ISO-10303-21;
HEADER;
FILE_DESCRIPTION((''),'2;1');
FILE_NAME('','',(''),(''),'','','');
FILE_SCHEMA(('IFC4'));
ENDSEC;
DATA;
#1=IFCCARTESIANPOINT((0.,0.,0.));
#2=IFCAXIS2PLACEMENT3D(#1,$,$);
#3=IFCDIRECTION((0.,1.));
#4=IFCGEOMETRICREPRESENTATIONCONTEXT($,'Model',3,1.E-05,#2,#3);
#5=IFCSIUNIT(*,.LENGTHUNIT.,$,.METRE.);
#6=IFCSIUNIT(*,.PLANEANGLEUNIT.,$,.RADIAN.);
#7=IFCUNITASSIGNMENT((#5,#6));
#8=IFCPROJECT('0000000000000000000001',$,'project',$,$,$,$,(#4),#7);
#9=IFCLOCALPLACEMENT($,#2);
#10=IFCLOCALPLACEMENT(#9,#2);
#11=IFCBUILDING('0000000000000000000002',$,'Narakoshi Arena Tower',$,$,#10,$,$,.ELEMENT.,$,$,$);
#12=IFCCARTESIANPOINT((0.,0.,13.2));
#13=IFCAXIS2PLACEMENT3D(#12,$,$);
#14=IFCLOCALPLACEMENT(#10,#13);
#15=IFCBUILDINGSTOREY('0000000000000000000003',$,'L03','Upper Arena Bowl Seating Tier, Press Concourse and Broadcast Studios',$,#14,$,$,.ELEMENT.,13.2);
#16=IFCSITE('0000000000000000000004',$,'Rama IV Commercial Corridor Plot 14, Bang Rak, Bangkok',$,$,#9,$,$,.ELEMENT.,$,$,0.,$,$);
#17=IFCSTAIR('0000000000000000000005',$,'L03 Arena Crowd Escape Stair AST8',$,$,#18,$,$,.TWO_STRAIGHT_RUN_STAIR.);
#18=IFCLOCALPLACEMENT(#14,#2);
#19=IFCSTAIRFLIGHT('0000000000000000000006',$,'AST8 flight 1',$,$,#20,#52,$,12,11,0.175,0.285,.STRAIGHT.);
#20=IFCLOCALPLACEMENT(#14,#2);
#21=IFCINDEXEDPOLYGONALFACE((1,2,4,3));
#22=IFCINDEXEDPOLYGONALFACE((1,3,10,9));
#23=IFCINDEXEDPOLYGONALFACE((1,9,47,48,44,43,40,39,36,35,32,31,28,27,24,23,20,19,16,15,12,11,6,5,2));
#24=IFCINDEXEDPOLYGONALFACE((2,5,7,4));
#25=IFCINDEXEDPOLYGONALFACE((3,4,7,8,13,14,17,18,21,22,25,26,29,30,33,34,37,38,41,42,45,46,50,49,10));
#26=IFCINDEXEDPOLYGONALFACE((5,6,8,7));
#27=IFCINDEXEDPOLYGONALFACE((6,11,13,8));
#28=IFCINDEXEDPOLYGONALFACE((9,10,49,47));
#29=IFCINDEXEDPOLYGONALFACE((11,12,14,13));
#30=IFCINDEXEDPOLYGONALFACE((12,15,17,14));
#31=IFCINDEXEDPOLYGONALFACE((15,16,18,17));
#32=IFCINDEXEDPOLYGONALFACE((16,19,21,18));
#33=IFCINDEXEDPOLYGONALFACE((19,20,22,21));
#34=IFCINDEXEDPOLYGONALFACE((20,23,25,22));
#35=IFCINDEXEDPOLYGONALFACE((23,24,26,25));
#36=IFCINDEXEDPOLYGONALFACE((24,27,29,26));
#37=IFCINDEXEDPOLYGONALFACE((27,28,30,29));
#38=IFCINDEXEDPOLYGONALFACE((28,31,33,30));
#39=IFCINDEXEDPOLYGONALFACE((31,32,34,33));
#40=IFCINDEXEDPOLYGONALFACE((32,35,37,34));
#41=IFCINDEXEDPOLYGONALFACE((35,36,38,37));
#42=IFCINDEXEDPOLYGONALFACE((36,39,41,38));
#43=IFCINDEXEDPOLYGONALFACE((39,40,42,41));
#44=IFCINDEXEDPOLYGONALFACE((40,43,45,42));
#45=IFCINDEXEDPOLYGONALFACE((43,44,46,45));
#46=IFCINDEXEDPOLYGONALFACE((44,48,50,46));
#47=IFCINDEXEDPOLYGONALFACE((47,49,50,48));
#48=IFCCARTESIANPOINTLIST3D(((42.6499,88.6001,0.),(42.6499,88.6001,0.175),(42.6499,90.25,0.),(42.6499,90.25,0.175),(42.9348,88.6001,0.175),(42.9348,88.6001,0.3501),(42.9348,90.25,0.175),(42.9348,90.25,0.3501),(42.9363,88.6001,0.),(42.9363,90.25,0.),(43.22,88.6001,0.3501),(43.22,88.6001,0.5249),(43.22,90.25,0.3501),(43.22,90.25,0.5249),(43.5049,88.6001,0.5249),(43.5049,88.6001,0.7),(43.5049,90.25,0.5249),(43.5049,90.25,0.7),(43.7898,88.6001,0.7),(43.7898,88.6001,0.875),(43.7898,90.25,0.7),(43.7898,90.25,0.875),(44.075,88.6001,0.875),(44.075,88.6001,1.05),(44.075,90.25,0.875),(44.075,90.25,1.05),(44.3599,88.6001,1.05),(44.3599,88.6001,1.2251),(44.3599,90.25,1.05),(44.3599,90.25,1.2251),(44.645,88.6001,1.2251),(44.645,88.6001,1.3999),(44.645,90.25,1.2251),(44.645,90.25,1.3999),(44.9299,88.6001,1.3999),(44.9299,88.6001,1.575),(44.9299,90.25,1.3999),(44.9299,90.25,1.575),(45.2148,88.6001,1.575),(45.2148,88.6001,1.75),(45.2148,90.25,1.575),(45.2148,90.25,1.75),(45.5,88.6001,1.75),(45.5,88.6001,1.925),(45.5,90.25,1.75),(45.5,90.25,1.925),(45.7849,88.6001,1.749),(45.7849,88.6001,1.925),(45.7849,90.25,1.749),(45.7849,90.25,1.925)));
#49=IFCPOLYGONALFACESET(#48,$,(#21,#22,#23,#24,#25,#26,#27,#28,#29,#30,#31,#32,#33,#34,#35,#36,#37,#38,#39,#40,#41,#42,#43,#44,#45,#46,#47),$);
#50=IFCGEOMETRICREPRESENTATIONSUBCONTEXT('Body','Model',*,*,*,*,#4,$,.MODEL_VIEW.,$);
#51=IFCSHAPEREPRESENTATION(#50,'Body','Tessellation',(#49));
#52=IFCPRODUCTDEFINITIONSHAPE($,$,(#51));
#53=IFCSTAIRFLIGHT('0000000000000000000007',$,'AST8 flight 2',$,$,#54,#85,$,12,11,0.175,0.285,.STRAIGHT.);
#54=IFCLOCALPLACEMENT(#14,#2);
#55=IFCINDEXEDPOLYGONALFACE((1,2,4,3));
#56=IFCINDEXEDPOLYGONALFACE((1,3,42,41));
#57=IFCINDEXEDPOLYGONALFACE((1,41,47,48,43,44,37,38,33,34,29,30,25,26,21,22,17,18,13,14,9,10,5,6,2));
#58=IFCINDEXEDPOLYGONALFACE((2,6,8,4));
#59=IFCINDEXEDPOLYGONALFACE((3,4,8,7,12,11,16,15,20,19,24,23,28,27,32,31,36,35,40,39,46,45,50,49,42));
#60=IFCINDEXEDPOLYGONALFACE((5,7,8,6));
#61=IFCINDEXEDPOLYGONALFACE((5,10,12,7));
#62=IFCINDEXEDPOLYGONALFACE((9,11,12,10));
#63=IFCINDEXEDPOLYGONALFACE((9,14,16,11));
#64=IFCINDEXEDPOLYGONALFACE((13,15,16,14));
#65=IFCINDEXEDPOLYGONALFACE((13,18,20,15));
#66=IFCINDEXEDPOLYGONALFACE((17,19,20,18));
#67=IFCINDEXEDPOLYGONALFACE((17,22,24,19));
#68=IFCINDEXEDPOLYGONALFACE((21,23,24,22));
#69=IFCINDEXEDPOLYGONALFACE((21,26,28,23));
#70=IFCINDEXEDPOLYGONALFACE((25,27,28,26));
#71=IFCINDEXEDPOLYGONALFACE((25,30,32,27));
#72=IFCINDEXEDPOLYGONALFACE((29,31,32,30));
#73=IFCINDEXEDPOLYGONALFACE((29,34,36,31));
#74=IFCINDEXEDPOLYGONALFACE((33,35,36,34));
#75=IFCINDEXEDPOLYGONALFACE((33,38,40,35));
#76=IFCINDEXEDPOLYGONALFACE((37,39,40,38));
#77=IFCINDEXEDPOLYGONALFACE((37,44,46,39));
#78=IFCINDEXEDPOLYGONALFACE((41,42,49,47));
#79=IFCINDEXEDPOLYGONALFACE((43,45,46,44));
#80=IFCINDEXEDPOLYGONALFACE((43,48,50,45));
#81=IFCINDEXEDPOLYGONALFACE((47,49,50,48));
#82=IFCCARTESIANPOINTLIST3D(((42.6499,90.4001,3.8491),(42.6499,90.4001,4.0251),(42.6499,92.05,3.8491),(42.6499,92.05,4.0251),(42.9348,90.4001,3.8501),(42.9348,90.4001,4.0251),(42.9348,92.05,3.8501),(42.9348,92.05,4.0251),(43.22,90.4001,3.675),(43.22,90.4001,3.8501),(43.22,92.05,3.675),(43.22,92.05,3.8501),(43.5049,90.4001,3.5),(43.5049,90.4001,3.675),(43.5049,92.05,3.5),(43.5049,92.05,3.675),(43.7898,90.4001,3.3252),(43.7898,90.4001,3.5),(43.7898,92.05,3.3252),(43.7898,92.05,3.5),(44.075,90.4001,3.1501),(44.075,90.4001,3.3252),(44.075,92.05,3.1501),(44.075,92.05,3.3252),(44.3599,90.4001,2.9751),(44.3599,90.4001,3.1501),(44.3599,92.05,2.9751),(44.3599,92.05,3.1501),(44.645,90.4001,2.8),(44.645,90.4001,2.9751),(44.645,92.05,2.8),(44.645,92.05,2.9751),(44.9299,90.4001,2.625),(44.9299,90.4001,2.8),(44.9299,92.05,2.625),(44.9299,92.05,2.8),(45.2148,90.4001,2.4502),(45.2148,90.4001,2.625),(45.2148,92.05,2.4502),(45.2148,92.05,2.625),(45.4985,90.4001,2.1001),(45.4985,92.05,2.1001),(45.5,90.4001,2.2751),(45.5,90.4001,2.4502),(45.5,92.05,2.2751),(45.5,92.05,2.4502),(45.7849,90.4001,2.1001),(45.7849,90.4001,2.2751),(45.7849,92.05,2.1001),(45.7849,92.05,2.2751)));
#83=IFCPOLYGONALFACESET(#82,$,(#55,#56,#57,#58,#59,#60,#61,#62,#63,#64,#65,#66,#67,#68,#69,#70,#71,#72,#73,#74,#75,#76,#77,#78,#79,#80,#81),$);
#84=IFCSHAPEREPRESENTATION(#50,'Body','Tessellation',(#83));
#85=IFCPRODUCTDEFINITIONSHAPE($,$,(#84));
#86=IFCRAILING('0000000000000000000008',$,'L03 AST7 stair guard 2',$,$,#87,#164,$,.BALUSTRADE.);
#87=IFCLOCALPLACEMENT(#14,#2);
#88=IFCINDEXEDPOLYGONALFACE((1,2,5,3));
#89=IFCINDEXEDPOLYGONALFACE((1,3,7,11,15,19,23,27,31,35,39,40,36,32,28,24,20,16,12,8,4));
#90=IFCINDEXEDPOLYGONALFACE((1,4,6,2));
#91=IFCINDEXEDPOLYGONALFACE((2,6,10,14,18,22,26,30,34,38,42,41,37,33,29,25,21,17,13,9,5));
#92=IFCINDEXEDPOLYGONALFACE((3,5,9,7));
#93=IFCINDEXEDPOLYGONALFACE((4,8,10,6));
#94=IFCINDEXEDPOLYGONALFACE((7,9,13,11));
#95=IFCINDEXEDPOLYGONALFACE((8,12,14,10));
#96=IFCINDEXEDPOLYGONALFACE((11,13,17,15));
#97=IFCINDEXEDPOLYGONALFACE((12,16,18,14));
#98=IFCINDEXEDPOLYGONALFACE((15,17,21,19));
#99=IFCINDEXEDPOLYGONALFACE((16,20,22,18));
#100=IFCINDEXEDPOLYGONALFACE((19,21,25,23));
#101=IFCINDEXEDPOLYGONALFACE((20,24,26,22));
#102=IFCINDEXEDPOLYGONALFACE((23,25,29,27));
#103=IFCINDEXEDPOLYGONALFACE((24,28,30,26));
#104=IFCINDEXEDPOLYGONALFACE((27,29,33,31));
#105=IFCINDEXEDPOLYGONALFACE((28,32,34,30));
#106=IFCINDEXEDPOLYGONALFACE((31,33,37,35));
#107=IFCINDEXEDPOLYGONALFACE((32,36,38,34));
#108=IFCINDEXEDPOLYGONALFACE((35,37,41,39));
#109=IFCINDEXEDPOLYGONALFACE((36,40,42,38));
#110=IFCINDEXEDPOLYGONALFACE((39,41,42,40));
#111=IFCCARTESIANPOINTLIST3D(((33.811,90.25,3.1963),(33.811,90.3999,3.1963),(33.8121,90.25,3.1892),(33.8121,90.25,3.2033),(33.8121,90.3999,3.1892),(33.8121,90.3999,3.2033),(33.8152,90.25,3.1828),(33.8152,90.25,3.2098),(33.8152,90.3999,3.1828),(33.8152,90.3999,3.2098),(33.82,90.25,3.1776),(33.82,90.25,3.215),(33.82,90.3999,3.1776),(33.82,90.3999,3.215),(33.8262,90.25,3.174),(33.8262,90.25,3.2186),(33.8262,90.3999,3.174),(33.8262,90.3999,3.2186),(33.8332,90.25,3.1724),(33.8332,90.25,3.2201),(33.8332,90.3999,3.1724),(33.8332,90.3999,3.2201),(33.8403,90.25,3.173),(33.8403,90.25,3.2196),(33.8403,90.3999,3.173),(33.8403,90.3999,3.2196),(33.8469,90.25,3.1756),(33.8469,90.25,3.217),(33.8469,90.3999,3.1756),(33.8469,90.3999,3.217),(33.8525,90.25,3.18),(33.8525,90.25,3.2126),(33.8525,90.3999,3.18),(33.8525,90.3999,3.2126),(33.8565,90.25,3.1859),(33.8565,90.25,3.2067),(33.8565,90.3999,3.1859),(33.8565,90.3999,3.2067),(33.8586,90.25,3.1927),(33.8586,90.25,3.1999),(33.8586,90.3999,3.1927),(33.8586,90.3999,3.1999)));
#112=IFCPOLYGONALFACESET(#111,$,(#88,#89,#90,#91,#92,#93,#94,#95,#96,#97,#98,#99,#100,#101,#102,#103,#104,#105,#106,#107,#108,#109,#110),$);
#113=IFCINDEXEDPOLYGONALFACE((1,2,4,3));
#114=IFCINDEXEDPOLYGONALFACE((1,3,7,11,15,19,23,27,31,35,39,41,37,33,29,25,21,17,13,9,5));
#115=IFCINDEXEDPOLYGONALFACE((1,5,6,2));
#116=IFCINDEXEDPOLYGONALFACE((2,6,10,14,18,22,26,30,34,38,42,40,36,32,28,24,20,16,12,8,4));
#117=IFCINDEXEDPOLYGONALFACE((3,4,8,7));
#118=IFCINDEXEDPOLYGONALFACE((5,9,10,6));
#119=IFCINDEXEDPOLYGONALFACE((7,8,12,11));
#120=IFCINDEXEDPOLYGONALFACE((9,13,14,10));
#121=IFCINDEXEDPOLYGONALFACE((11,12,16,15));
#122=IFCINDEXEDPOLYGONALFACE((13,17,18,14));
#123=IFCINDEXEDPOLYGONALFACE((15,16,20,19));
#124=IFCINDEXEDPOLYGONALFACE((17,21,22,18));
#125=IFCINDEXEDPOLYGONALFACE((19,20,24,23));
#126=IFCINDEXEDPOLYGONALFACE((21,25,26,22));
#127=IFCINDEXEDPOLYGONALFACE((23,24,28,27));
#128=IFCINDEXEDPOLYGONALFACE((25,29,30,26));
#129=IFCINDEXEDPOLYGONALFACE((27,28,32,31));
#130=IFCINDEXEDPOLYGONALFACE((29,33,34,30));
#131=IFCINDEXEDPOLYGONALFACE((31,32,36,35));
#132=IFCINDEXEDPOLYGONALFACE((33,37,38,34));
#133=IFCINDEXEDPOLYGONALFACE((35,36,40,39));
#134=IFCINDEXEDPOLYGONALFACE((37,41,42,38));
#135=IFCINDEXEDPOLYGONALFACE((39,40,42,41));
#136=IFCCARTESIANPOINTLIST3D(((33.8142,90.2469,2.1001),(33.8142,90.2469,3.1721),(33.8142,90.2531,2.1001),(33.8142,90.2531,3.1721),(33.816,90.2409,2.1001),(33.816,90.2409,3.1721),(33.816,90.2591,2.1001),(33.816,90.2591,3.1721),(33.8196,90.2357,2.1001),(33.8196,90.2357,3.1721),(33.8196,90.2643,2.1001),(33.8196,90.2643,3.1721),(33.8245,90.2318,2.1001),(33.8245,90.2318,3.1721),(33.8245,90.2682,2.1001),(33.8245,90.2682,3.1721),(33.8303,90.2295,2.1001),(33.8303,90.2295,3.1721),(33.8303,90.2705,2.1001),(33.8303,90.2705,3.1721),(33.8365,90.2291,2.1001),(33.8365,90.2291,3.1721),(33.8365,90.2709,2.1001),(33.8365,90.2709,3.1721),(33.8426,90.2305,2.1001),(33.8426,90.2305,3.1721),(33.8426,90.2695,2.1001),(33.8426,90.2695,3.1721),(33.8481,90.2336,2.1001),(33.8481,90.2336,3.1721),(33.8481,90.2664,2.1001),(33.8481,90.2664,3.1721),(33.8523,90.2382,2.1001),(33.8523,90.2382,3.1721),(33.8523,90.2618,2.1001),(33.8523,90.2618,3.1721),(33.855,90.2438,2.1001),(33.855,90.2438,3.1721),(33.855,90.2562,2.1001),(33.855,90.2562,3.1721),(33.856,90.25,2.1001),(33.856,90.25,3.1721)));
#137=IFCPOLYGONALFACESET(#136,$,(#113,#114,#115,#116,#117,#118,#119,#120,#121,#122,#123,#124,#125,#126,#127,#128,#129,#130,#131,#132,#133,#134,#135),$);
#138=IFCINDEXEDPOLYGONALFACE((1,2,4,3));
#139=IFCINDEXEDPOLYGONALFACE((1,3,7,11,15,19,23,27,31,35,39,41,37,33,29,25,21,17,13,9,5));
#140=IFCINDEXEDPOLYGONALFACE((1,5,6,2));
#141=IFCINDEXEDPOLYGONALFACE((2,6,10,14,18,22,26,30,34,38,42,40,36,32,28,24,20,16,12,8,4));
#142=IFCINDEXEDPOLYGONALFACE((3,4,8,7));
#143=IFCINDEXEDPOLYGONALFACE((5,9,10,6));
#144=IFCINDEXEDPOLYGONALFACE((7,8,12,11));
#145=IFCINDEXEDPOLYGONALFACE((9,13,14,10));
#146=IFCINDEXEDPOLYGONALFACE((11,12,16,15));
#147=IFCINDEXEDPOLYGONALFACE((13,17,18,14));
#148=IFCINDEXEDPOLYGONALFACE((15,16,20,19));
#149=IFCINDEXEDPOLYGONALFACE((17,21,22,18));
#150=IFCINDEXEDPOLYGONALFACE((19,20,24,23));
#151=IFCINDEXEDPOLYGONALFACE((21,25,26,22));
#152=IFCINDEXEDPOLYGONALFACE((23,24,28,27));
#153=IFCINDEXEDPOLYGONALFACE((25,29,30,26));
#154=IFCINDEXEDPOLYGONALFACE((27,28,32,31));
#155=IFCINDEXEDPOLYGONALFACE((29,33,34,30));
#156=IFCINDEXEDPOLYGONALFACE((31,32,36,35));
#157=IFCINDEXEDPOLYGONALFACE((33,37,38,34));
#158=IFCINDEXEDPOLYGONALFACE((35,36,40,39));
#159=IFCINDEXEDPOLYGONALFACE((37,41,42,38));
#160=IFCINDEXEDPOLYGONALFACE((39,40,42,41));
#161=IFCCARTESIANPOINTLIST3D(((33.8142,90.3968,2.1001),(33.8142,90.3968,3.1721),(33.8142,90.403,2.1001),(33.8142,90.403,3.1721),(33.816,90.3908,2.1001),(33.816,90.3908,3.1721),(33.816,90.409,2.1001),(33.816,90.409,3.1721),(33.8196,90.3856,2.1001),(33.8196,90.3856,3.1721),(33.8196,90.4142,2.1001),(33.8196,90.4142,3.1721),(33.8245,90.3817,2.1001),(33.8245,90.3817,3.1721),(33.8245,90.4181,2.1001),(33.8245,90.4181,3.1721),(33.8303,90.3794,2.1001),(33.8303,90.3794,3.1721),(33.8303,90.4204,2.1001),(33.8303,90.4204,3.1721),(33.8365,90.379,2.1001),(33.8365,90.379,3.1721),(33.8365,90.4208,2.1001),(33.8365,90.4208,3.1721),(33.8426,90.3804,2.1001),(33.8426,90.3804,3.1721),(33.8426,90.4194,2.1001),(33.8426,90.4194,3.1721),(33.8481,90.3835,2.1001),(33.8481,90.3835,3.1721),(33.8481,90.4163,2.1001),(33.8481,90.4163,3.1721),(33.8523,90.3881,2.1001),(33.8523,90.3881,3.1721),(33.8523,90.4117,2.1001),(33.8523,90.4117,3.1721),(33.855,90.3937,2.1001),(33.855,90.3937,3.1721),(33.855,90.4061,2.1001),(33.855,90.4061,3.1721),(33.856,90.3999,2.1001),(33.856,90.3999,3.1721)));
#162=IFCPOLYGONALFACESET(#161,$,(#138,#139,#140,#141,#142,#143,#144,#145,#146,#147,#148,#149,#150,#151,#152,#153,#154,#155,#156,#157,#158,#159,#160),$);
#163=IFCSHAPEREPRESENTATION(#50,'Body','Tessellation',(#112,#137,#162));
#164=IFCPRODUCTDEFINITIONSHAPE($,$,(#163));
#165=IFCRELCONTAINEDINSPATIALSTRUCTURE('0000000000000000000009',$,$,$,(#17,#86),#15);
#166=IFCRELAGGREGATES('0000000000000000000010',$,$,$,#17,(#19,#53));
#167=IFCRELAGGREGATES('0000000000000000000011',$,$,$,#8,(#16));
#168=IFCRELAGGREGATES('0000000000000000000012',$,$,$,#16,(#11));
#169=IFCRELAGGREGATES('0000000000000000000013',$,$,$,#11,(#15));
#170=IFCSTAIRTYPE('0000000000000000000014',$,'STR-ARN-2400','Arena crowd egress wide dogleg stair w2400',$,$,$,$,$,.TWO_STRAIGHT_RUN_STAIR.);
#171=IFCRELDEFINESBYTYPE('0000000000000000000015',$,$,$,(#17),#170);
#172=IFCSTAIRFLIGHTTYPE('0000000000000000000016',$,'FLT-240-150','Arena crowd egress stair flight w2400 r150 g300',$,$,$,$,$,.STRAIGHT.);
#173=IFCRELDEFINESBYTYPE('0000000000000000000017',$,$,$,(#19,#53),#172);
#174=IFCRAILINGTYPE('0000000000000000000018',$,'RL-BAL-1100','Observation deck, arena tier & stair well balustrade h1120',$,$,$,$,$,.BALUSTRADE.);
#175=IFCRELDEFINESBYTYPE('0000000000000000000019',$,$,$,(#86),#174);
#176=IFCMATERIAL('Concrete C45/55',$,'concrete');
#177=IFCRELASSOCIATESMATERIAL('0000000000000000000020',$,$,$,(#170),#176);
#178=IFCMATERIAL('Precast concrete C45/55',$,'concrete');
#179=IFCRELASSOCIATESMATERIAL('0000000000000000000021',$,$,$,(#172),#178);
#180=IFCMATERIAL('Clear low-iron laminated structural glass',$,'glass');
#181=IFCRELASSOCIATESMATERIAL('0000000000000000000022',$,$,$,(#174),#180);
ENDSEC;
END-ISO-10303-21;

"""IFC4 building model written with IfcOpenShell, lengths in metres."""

from ifc_helpers import new_model, si_unit, direction, frame, origin, origin_2d, place, context, subcontext, project, spatial, polyline, circle, outline, extrude, material, type_object, element, aggregate, save


model = new_model("IFC4")

# Units and contexts
model_context = context("Model", 3, precision=1e-05, world=origin(), true_north=direction((0.0, 1.0)))
body_context = subcontext(model_context, "Body", "Model", "MODEL_VIEW")
ifc_project = project(units=[si_unit("LENGTHUNIT", "METRE"), si_unit("PLANEANGLEUNIT", "RADIAN")], contexts=[model_context])

# Site, building, storey
site_placement = place(None, origin())
site = spatial("IfcSite", under=ifc_project, at=site_placement, Name="Rama IV Commercial Corridor Plot 14, Bang Rak, Bangkok", CompositionType="ELEMENT", RefElevation=0.0)
building_placement = place(site_placement, origin())
building = spatial("IfcBuilding", under=site, at=building_placement, Name="Narakoshi Arena Tower", CompositionType="ELEMENT")
storey_placement = place(building_placement, frame((0.0, 0.0, 13.2)))
storey = spatial("IfcBuildingStorey", under=building, at=storey_placement, Name="L03", Description="Upper Arena Bowl Seating Tier, Press Concourse and Broadcast Studios", CompositionType="ELEMENT", Elevation=13.2)

# Stair, stair flights
ifc_material_1 = material(Name="Concrete C45/55", Category="concrete")
stair_type = type_object("IfcStairType", Name="STR-ARN-2400", Description="Arena crowd egress wide dogleg stair w2400", PredefinedType="TWO_STRAIGHT_RUN_STAIR", material=ifc_material_1)
stair_placement = place(storey_placement, origin())
stair = element("IfcStair", 1, at=stair_placement, inside=storey, type_object=stair_type, Name="L03 Arena Crowd Escape Stair AST8", PredefinedType="TWO_STRAIGHT_RUN_STAIR")
ifc_material_2 = material(Name="Precast concrete C45/55", Category="concrete")
stair_flight_type = type_object("IfcStairFlightType", Name="FLT-240-150", Description="Arena crowd egress stair flight w2400 r150 g300", PredefinedType="STRAIGHT", material=ifc_material_2)
stair_flight_1_placement = place(storey_placement, frame((42.6499, 89.425, 0.0), z_axis=(0.0, 0.0, 1.0), x_axis=(1.0, 0.0, 0.0)))
stair_flight_1 = element("IfcStairFlight", 2, at=stair_flight_1_placement, type_object=stair_flight_type, Name="AST8 flight 1", NumberOfRisers=12, NumberOfTreads=11, PredefinedType="STRAIGHT", RiserHeight=0.175, TreadLength=0.285, context=body_context, shape_type="SweptSolid", body=[
    extrude(outline(polyline([(0.0, 0.0), (0.0, 0.175), (0.2849, 0.175), (0.2849, 0.3501), (0.5701, 0.3501), (0.5701, 0.5249), (0.855, 0.5249), (0.855, 0.7), (1.1399, 0.7), (1.1399, 0.875), (1.425, 0.875), (1.425, 1.05), (1.71, 1.05), (1.71, 1.2251), (1.9951, 1.2251), (1.9951, 1.3999), (2.28, 1.3999), (2.28, 1.575), (2.5649, 1.575), (2.5649, 1.75), (2.8501, 1.75), (2.8501, 1.925), (3.135, 1.925), (3.135, 2.1001), (3.135, 1.749), (0.2864, 0.0), (0.0, 0.0)])), frame((0.0, 0.825, 0.0), z_axis=(0.0, -1.0, 0.0), x_axis=(1.0, 0.0, 0.0)), (0.0, 0.0, 1.0), 1.6499),
])
stair_flight_2_placement = place(storey_placement, frame((45.7849, 91.2251, 2.1001), z_axis=(0.0, 0.0, 1.0), x_axis=(-1.0, 0.0, 0.0)))
stair_flight_2 = element("IfcStairFlight", 3, at=stair_flight_2_placement, type_object=stair_flight_type, Name="AST8 flight 2", NumberOfRisers=12, NumberOfTreads=11, PredefinedType="STRAIGHT", RiserHeight=0.175, TreadLength=0.285, context=body_context, shape_type="SweptSolid", body=[
    extrude(outline(polyline([(0.0, 0.0), (0.0, 0.175), (0.2849, 0.175), (0.2849, 0.3501), (0.5701, 0.3501), (0.5701, 0.5249), (0.855, 0.5249), (0.855, 0.7), (1.1399, 0.7), (1.1399, 0.875), (1.425, 0.875), (1.425, 1.05), (1.71, 1.05), (1.71, 1.2251), (1.9951, 1.2251), (1.9951, 1.3999), (2.28, 1.3999), (2.28, 1.575), (2.5649, 1.575), (2.5649, 1.75), (2.8501, 1.75), (2.8501, 1.925), (3.135, 1.925), (3.135, 2.1001), (3.135, 1.749), (0.2864, 0.0), (0.0, 0.0)])), frame((0.0, 0.825, 0.0), z_axis=(0.0, -1.0, 0.0), x_axis=(1.0, 0.0, 0.0)), (0.0, 0.0, 1.0), 1.6499),
])
aggregate(stair, [stair_flight_1, stair_flight_2])

# Railing
ifc_material_3 = material(Name="Clear low-iron laminated structural glass", Category="glass")
railing_type_1 = type_object("IfcRailingType", Name="RL-BAL-1100", Description="Observation deck, arena tier & stair well balustrade h1120", PredefinedType="BALUSTRADE", material=ifc_material_3)
railing_1_placement = place(storey_placement, frame((33.835, 90.25, 2.1001)))
element("IfcRailing", 4, at=railing_1_placement, inside=storey, type_object=railing_type_1, Name="L03 AST7 stair guard 2", PredefinedType="BALUSTRADE", context=body_context, shape_type="SweptSolid", body=[
    extrude(circle(Radius=0.0239, at=origin_2d()), frame((0.0, 0.0, 1.0962), z_axis=(0.0, 1.0, 0.0), x_axis=(-1.0, 0.0, 0.0)), (0.0, 0.0, 1.0), 0.1499),
    extrude(circle(Radius=0.021, at=origin_2d()), origin(), (0.0, 0.0, 1.0), 1.072),
    extrude(circle(Radius=0.021, at=origin_2d()), frame((0.0, 0.1499, 0.0)), (0.0, 0.0, 1.0), 1.072),
])

save(model, "model.ifc")
